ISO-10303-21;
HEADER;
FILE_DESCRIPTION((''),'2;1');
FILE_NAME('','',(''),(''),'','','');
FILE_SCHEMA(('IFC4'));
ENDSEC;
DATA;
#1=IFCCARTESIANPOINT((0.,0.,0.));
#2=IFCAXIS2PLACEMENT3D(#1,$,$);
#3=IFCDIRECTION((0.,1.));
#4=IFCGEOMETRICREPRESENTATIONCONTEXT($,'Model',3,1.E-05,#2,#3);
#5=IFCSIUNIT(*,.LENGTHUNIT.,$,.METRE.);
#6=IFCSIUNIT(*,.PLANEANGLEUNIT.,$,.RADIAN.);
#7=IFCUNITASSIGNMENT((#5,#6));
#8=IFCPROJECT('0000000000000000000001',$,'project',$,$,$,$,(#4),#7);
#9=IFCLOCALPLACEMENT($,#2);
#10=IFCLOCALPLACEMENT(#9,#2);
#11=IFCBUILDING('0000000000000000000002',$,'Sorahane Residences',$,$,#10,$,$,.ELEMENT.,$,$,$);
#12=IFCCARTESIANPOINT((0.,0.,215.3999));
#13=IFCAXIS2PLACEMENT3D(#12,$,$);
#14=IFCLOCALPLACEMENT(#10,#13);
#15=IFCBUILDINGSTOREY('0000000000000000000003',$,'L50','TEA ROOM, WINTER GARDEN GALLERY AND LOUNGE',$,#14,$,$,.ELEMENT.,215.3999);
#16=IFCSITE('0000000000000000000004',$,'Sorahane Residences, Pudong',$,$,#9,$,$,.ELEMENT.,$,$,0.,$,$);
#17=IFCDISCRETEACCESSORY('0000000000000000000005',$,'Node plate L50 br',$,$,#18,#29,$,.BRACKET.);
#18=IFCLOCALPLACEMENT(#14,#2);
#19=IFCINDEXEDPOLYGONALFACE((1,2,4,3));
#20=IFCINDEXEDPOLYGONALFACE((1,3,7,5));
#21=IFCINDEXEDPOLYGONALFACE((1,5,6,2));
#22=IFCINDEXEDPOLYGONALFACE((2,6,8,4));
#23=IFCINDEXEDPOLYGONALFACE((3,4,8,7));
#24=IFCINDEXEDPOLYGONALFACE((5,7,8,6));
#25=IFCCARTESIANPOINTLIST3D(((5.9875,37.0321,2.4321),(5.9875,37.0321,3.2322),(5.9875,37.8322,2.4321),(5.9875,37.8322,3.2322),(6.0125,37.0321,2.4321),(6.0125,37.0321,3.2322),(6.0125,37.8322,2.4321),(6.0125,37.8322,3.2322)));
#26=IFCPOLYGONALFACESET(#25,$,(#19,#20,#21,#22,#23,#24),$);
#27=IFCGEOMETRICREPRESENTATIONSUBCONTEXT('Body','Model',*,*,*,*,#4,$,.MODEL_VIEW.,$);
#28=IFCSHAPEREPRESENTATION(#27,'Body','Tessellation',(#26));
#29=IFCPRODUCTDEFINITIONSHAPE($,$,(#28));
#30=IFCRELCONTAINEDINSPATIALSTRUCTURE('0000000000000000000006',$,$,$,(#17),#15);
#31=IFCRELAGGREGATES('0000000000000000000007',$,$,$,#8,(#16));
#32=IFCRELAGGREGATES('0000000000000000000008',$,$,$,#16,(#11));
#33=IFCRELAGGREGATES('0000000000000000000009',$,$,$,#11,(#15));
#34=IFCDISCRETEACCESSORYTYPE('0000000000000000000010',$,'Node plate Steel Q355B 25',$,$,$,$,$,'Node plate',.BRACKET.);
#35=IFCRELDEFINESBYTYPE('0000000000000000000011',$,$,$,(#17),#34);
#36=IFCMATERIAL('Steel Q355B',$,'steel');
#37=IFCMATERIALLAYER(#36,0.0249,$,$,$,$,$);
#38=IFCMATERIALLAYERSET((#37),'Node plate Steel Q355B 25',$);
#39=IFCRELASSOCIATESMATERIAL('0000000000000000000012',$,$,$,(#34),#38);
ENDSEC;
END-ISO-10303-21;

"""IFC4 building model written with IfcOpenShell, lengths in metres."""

from ifc_helpers import new_model, si_unit, direction, frame, origin, origin_2d, place, context, subcontext, project, spatial, rectangle, extrude, material, layer, layer_set, type_object, element, save


model = new_model("IFC4")

# Units and contexts
model_context = context("Model", 3, precision=1e-05, world=origin(), true_north=direction((0.0, 1.0)))
body_context = subcontext(model_context, "Body", "Model", "MODEL_VIEW")
ifc_project = project(units=[si_unit("LENGTHUNIT", "METRE"), si_unit("PLANEANGLEUNIT", "RADIAN")], contexts=[model_context])

# Site, building, storey
site_placement = place(None, origin())
site = spatial("IfcSite", under=ifc_project, at=site_placement, Name="Sorahane Residences, Pudong", CompositionType="ELEMENT", RefElevation=0.0)
building_placement = place(site_placement, origin())
building = spatial("IfcBuilding", under=site, at=building_placement, Name="Sorahane Residences", CompositionType="ELEMENT")
storey_placement = place(building_placement, frame((0.0, 0.0, 215.3999)))
storey = spatial("IfcBuildingStorey", under=building, at=storey_placement, Name="L50", Description="TEA ROOM, WINTER GARDEN GALLERY AND LOUNGE", CompositionType="ELEMENT", Elevation=215.3999)

# Discrete accessory
ifc_material_1 = material(Name="Steel Q355B", Category="steel")
ifc_layer_1 = layer(ifc_material_1, 0.0249)
ifc_layer_set_1 = layer_set([ifc_layer_1], Name="Node plate Steel Q355B 25")
discrete_accessory_type = type_object("IfcDiscreteAccessoryType", Name="Node plate Steel Q355B 25", ElementType="Node plate", PredefinedType="BRACKET", material=ifc_layer_set_1)
for number, where, z_axis, x_axis, name in (
    (1, (6.0, 37.4321, 2.4321), (0.0, 0.0, 1.0), (0.0, 1.0, 0.0), "Node plate L50 br"),
):
    element("IfcDiscreteAccessory", number, at=place(storey_placement, frame(where, z_axis=z_axis, x_axis=x_axis)), inside=storey, type_object=discrete_accessory_type, Name=name, PredefinedType="BRACKET", context=body_context, shape_type="SweptSolid", body=[
        extrude(rectangle(XDim=0.8, YDim=0.0249, at=origin_2d()), origin(), (0.0, 0.0, 1.0), 0.8),
    ])

save(model, "model.ifc")
